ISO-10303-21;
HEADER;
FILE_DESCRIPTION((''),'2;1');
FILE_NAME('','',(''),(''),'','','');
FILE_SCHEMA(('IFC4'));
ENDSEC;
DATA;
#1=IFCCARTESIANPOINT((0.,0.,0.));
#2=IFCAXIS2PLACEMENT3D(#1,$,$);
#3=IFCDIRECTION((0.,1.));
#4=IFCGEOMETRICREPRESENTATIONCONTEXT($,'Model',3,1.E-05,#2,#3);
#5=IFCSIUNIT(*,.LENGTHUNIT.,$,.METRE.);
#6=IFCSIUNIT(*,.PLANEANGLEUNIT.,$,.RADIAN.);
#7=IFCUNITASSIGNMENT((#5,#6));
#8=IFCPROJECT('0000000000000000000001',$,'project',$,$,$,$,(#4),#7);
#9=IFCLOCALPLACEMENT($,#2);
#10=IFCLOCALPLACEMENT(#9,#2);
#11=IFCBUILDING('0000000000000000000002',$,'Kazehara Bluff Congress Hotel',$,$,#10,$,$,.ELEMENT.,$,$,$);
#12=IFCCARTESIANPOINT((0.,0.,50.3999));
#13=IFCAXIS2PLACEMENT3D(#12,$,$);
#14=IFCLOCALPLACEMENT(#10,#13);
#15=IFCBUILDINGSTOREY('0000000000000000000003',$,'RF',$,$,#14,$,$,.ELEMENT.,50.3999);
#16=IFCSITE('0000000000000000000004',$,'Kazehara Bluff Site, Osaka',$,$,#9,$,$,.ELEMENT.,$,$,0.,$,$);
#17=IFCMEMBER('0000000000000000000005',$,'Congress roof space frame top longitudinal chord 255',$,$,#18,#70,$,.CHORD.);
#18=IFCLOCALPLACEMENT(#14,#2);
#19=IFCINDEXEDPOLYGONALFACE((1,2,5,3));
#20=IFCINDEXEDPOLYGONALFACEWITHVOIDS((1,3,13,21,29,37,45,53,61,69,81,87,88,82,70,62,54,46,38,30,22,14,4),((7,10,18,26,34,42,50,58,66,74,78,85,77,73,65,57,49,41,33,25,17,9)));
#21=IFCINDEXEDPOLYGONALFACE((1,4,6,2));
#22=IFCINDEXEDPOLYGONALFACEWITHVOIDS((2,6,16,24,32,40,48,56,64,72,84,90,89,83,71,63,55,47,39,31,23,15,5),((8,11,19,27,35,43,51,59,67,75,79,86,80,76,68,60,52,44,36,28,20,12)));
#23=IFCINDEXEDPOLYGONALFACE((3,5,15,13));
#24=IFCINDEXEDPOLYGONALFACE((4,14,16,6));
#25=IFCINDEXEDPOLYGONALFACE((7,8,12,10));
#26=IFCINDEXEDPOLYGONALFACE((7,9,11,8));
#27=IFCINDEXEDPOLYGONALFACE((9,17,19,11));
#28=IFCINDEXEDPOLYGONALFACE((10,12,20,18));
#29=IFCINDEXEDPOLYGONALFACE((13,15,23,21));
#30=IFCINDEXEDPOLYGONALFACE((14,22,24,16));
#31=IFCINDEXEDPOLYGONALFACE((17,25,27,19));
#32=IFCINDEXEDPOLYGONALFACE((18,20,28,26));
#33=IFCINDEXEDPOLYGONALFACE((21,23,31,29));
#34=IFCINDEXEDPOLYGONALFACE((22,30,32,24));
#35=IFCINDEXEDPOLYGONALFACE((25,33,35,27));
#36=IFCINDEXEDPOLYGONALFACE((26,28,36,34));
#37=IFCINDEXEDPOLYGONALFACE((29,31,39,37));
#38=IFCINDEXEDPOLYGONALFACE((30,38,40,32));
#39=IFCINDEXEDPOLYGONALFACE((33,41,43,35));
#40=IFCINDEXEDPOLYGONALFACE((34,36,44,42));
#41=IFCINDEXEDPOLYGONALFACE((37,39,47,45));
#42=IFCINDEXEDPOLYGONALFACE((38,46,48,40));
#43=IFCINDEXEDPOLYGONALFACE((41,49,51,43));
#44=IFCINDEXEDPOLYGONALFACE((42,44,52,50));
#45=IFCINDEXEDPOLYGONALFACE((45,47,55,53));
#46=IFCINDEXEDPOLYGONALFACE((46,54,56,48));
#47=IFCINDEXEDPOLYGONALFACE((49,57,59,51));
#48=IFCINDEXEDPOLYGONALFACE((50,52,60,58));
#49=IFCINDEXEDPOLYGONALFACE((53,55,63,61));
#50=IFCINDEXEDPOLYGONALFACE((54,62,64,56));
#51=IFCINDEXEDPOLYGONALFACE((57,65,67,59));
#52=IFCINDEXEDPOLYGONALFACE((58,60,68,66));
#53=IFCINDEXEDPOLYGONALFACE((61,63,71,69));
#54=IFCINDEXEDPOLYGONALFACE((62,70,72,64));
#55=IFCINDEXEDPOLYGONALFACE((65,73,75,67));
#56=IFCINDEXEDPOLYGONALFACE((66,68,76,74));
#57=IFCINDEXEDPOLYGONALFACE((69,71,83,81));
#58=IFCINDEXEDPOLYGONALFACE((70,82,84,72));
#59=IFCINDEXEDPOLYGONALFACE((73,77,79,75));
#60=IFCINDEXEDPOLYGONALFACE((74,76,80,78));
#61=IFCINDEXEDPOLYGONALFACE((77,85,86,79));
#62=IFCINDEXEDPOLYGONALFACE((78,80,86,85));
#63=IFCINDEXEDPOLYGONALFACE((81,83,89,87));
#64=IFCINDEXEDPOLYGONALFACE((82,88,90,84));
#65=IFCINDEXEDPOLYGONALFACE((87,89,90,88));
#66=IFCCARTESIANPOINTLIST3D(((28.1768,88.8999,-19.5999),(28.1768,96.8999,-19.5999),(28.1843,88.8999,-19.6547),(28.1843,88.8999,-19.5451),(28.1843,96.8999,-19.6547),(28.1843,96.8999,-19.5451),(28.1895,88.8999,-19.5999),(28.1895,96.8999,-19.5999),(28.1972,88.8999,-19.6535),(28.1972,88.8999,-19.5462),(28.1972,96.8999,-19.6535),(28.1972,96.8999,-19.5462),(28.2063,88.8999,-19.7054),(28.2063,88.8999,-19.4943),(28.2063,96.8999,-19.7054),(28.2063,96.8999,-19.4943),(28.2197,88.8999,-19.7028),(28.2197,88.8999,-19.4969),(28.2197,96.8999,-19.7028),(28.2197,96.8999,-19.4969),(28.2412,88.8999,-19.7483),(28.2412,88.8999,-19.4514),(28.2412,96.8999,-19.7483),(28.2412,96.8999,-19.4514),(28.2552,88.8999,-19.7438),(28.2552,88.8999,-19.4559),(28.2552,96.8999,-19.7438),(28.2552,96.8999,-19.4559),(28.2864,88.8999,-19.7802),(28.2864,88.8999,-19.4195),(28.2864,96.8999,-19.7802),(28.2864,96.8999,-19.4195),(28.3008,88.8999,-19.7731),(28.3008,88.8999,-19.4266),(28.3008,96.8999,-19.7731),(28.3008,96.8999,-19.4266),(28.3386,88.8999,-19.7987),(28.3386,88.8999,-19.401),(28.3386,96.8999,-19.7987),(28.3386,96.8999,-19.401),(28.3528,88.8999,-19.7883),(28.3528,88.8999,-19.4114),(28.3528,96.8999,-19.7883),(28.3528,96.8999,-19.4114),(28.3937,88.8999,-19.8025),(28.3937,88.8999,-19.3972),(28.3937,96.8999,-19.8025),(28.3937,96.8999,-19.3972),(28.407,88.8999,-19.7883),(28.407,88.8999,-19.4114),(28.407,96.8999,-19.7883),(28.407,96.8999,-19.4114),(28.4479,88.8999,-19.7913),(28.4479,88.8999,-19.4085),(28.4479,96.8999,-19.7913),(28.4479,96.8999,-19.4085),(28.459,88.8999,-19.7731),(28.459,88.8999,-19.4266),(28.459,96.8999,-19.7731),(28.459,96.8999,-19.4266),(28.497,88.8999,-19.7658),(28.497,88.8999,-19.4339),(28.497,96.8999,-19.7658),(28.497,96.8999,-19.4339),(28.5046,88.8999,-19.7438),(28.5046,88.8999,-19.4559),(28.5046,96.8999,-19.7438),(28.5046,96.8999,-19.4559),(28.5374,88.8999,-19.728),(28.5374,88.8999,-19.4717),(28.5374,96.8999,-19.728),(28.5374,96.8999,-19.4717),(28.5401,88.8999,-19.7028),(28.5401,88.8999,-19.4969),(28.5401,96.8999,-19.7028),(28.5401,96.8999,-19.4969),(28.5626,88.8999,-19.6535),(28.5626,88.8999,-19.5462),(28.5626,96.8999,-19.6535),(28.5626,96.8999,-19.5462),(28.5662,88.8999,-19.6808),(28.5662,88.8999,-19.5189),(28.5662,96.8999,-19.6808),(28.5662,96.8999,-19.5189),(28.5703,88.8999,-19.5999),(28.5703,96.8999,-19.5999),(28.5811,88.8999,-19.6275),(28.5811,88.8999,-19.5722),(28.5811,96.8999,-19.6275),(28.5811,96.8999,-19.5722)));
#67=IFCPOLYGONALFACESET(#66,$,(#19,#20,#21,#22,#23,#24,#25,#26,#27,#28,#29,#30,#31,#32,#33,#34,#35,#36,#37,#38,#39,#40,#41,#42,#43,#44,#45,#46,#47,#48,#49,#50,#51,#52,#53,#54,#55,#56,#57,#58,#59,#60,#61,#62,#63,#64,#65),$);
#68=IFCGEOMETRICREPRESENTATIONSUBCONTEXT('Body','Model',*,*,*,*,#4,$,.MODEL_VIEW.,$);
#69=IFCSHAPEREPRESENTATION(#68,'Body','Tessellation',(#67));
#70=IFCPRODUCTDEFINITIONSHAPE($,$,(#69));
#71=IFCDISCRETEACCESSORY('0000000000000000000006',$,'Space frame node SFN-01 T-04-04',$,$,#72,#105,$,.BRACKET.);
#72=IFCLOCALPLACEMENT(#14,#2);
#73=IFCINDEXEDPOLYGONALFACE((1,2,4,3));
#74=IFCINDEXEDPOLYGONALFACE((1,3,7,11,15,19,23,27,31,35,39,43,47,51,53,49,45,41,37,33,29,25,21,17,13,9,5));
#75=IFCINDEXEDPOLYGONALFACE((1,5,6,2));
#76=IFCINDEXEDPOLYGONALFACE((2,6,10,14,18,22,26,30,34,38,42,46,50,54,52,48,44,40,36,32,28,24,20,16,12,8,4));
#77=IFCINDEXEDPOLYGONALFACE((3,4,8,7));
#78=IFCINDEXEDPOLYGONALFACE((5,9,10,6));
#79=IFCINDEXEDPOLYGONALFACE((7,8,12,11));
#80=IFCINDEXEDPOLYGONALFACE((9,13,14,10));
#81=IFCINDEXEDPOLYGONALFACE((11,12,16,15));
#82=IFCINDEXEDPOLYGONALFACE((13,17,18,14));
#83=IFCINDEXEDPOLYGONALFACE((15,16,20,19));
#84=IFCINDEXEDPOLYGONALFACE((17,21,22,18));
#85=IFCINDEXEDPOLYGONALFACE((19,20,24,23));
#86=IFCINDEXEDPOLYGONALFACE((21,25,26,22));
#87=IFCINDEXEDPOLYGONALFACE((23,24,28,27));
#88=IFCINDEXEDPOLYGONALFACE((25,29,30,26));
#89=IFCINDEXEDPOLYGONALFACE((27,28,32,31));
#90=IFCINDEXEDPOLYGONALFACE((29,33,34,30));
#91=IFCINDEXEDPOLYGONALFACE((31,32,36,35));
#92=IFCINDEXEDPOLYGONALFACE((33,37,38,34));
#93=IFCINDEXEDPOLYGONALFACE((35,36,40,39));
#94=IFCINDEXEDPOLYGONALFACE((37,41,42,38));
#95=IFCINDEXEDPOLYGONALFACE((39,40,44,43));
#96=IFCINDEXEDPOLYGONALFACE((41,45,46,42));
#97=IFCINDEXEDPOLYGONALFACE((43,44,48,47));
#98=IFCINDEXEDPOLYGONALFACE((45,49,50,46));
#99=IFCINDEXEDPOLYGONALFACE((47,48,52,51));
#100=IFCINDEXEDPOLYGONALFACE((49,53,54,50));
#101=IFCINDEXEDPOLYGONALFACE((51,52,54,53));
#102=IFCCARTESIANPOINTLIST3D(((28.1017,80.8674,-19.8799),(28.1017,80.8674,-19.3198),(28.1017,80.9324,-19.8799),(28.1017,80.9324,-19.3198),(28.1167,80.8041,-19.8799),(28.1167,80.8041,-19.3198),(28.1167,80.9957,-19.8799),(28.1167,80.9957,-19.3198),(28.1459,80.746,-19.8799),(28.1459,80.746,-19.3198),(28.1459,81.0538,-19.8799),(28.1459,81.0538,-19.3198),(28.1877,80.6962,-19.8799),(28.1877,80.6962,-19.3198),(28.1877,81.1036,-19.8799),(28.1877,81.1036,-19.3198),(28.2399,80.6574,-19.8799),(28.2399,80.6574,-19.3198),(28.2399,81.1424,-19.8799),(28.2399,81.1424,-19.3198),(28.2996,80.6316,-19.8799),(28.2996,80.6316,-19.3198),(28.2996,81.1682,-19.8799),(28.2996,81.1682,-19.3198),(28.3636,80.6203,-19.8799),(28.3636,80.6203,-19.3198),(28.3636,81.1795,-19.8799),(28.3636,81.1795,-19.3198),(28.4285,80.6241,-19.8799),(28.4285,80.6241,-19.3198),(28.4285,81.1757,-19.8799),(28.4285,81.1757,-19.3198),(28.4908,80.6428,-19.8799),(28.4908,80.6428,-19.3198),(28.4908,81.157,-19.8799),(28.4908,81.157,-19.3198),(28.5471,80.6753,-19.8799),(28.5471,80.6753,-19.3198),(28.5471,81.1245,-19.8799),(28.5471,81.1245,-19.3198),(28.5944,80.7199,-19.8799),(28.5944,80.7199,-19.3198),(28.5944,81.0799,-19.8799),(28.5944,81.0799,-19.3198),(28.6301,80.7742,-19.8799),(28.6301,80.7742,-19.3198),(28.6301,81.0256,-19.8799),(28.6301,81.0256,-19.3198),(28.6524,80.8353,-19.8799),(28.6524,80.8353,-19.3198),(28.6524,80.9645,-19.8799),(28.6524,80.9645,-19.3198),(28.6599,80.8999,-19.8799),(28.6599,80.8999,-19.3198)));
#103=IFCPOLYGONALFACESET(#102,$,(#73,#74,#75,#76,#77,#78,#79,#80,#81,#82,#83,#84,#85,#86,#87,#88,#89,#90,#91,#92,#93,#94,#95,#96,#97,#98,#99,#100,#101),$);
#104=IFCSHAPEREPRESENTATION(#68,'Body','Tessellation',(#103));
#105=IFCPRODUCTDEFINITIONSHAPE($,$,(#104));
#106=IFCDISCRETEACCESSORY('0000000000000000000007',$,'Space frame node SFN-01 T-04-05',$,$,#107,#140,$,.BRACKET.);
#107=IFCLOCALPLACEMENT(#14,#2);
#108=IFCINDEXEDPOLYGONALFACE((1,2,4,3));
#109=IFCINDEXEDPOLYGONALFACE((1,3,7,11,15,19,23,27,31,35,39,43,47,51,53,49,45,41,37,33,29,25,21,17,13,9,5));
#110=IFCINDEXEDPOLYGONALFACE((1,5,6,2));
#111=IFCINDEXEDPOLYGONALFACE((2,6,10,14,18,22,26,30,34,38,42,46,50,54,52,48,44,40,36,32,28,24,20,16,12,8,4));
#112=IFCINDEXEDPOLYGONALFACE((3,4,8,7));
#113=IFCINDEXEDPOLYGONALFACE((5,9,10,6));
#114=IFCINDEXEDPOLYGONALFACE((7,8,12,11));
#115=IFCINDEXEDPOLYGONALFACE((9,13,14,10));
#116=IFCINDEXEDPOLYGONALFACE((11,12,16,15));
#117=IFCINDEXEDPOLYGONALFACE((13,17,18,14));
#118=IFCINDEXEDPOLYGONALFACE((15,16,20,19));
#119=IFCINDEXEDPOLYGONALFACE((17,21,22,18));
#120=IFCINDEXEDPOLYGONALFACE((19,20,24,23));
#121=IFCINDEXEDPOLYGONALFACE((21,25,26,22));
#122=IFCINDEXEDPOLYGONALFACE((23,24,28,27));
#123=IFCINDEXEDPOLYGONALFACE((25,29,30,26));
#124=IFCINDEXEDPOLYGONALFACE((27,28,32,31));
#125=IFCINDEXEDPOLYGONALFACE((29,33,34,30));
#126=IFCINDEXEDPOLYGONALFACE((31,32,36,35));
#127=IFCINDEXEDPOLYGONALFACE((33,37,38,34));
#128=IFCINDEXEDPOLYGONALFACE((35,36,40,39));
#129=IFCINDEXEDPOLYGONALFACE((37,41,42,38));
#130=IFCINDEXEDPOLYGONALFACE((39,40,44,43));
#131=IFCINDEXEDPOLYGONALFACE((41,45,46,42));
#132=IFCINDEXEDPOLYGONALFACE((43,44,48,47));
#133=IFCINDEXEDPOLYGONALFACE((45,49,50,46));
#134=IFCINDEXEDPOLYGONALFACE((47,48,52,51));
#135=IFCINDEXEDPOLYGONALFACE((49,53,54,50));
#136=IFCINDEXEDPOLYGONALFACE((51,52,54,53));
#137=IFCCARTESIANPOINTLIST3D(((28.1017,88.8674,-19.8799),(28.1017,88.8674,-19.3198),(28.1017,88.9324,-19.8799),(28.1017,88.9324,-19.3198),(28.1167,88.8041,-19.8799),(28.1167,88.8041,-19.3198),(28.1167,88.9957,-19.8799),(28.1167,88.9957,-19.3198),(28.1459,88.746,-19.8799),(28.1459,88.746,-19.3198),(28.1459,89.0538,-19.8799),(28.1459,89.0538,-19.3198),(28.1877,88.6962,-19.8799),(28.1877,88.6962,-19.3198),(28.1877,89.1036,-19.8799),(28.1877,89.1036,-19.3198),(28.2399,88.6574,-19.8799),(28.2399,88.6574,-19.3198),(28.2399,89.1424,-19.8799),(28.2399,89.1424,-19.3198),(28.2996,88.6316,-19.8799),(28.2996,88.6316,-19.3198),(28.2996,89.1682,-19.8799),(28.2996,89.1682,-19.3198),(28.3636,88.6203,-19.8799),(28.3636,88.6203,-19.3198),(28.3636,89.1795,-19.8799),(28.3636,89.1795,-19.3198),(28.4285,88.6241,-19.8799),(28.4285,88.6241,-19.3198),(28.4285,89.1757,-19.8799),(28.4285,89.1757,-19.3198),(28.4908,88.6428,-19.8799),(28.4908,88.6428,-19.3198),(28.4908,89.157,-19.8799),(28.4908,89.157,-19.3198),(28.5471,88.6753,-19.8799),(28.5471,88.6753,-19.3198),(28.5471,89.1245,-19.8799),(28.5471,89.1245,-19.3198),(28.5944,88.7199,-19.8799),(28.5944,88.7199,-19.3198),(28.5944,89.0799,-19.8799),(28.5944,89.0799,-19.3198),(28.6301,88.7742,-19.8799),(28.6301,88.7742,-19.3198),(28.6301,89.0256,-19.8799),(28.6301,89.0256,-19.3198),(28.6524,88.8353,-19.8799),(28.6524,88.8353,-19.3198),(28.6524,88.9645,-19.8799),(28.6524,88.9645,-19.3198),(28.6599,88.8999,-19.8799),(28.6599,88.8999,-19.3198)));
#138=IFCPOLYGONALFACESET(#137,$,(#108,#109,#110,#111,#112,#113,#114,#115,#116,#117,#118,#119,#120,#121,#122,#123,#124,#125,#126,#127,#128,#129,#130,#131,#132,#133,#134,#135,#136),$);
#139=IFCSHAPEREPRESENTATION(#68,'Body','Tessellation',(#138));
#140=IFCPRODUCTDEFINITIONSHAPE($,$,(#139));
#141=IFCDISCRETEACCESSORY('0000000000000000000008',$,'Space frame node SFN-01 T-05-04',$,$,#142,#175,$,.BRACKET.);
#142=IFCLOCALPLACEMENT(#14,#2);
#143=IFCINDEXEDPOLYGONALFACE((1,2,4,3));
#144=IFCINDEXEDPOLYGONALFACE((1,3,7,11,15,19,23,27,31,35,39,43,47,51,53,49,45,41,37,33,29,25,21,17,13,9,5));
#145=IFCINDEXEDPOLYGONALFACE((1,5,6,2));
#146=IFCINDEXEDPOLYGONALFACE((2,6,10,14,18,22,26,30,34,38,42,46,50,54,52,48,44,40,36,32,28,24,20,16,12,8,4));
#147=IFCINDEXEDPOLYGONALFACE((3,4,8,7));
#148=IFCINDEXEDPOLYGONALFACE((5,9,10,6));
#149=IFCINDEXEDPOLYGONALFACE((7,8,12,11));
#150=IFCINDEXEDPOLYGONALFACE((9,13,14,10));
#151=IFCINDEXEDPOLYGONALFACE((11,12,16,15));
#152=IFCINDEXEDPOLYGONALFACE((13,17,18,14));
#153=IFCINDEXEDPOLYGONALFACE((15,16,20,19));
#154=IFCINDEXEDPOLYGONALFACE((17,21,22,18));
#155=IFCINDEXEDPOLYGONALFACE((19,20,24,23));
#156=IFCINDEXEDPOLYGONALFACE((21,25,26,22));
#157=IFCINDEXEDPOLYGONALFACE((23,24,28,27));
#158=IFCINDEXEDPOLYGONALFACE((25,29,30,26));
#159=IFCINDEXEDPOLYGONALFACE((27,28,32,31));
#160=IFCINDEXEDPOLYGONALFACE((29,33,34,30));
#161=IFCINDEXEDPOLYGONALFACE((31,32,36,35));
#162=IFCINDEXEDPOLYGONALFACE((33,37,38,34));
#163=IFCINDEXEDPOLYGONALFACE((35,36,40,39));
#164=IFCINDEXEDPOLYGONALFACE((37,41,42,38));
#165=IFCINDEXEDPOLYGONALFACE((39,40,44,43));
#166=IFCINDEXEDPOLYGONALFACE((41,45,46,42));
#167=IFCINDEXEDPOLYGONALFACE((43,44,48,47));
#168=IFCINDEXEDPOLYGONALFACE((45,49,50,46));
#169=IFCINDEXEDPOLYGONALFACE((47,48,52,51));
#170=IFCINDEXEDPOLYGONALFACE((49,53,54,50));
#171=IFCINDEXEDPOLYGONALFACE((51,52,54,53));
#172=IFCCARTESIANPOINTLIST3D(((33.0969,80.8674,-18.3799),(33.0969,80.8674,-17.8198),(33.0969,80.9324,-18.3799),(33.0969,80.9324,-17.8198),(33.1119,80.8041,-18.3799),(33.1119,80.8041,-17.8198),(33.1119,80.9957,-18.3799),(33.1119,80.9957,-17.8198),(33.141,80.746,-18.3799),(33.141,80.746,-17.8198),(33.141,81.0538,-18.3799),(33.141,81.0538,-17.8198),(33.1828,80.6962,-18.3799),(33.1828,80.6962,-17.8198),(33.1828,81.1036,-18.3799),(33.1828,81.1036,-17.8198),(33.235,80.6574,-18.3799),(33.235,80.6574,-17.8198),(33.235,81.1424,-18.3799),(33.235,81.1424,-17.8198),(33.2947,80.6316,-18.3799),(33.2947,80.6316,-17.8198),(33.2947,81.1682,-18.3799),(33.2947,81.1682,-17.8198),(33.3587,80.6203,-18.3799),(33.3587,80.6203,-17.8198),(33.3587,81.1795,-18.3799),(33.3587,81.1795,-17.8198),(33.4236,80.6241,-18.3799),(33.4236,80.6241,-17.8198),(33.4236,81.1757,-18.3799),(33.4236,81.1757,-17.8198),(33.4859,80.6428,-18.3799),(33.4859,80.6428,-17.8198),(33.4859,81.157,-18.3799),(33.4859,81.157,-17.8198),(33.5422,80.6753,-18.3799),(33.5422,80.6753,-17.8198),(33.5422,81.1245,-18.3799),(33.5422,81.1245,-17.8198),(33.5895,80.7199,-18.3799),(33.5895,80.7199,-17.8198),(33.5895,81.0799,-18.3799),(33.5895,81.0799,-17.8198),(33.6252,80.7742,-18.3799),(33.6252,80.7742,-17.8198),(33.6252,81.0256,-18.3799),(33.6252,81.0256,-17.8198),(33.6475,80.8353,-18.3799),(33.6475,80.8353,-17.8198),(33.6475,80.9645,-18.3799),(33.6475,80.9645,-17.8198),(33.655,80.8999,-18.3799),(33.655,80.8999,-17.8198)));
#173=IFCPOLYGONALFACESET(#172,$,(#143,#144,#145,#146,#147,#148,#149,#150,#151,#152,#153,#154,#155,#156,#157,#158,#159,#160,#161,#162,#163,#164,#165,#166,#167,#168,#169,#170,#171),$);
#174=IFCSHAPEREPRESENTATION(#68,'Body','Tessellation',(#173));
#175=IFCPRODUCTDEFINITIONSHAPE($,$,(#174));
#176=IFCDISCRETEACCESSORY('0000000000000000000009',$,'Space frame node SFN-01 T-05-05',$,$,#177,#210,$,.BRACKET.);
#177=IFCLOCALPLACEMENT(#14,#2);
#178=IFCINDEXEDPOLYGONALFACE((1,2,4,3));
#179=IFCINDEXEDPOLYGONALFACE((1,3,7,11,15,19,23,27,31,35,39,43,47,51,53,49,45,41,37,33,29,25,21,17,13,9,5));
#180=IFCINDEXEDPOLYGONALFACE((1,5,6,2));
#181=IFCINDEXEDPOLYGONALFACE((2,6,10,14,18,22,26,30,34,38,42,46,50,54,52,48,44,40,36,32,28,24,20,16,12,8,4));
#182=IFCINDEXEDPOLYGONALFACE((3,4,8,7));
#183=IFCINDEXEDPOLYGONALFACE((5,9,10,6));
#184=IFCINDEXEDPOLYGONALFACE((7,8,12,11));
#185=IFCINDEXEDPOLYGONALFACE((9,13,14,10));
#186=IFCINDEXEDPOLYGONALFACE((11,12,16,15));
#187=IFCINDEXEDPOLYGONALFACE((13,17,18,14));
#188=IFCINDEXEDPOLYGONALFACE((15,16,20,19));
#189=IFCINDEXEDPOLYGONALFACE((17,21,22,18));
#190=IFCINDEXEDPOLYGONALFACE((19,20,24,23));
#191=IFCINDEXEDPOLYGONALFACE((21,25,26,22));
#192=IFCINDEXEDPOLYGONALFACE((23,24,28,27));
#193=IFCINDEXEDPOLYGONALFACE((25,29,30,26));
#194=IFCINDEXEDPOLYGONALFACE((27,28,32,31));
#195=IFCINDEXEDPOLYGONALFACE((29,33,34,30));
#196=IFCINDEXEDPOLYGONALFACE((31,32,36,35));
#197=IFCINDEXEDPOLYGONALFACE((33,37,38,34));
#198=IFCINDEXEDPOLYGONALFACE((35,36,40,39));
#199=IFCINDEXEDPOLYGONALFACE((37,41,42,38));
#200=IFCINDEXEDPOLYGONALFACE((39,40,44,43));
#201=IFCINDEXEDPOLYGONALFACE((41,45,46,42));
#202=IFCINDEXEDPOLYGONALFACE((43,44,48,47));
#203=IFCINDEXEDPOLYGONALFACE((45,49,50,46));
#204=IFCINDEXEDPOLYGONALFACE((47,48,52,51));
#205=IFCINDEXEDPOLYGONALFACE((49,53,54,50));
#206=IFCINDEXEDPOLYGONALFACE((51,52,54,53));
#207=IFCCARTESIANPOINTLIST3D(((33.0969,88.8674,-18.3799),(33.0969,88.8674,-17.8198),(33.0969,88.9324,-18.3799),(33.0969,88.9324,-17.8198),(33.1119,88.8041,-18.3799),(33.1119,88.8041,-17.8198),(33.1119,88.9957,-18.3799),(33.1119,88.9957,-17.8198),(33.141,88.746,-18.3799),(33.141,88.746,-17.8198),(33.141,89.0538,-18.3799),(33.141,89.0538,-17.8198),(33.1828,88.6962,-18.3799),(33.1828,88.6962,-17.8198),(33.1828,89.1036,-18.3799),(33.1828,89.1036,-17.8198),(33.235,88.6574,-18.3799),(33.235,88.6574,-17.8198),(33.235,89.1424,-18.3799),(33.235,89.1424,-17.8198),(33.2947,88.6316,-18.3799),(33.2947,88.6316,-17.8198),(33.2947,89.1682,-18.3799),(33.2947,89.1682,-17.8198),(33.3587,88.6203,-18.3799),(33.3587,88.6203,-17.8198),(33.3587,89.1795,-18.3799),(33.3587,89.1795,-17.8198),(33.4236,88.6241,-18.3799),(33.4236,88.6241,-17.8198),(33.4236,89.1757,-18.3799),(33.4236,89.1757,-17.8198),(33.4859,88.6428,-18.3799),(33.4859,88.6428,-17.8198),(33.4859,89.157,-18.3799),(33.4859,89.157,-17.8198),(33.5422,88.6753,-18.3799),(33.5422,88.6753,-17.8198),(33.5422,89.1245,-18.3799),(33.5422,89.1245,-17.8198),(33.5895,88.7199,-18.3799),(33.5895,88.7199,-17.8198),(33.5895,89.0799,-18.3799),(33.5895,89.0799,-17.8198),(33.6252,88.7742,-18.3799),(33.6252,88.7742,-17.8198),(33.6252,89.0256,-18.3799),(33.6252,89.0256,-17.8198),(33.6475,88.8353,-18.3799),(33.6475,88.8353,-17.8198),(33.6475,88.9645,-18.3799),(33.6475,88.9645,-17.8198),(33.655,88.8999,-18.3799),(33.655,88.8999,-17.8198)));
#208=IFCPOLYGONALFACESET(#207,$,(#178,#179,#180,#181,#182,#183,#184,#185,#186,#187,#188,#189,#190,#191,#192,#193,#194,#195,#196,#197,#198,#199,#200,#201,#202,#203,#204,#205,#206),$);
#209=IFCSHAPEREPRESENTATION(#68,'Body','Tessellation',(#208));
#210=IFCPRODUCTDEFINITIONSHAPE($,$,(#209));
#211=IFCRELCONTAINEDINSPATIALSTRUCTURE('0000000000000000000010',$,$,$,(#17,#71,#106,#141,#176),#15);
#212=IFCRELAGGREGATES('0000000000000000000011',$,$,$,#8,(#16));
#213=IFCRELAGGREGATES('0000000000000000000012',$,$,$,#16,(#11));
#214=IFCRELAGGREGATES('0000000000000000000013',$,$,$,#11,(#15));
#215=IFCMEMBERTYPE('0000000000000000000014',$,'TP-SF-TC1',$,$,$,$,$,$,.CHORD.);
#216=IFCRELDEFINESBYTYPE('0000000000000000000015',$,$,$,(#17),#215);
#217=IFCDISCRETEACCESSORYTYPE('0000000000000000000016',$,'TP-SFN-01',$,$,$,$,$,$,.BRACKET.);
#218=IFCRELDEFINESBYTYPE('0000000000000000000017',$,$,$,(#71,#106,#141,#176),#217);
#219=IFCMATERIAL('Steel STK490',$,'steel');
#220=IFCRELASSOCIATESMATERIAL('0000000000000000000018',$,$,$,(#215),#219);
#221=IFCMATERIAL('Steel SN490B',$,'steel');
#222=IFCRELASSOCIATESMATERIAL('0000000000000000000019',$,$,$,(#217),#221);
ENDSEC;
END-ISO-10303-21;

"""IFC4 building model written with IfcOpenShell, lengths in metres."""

from ifc_helpers import new_model, si_unit, direction, frame, origin, origin_2d, place, context, subcontext, project, spatial, circle, hollow_circle, extrude, material, material_profile, profile_set, type_object, element, save


model = new_model("IFC4")

# Units and contexts
model_context = context("Model", 3, precision=1e-05, world=origin(), true_north=direction((0.0, 1.0)))
body_context = subcontext(model_context, "Body", "Model", "MODEL_VIEW")
ifc_project = project(units=[si_unit("LENGTHUNIT", "METRE"), si_unit("PLANEANGLEUNIT", "RADIAN")], contexts=[model_context])

# Site, building, storey
site_placement = place(None, origin())
site = spatial("IfcSite", under=ifc_project, at=site_placement, Name="Kazehara Bluff Site, Osaka", CompositionType="ELEMENT", RefElevation=0.0)
building_placement = place(site_placement, origin())
building = spatial("IfcBuilding", under=site, at=building_placement, Name="Kazehara Bluff Congress Hotel", CompositionType="ELEMENT")
storey_placement = place(building_placement, frame((0.0, 0.0, 50.3999)))
storey = spatial("IfcBuildingStorey", under=building, at=storey_placement, Name="RF", CompositionType="ELEMENT", Elevation=50.3999)

# Member
ifc_material_1 = material(Name="Steel STK490", Category="steel")
ifc_material_profile_1 = material_profile(ifc_material_1, hollow_circle(Radius=0.2031, WallThickness=0.0127, at=origin_2d()))
ifc_profile_set_1 = profile_set([ifc_material_profile_1], Name="Steel STK490")
member_type_1 = type_object("IfcMemberType", Name="TP-SF-TC1", PredefinedType="CHORD", material=ifc_profile_set_1)
for number, where, z_axis, x_axis, name in (
    (1, (28.3799, 88.8999, -19.5999), (0.0, 1.0, 0.0), (-1.0, 0.0, 0.0), "Congress roof space frame top longitudinal chord 255"),
):
    element("IfcMember", number, at=place(storey_placement, frame(where, z_axis=z_axis, x_axis=x_axis)), inside=storey, type_object=member_type_1, Name=name, PredefinedType="CHORD", context=body_context, shape_type="SweptSolid", body=[
        extrude(hollow_circle(Radius=0.2031, WallThickness=0.0127, at=origin_2d()), origin(), (0.0, 0.0, 1.0), 8.0),
    ])

# Discrete accessories
ifc_material_2 = material(Name="Steel SN490B", Category="steel")
ifc_material_profile_2 = material_profile(ifc_material_2, circle(Radius=0.28, at=origin_2d()))
ifc_profile_set_2 = profile_set([ifc_material_profile_2], Name="Steel SN490B")
discrete_accessory_type_1 = type_object("IfcDiscreteAccessoryType", Name="TP-SFN-01", PredefinedType="BRACKET", material=ifc_profile_set_2)
for number, where, z_axis, x_axis, name in (
    (2, (28.3799, 80.8999, -19.8799), (0.0, 0.0, 1.0), (1.0, 0.0, 0.0), "Space frame node SFN-01 T-04-04"),
    (3, (28.3799, 88.8999, -19.8799), (0.0, 0.0, 1.0), (1.0, 0.0, 0.0), "Space frame node SFN-01 T-04-05"),
    (4, (33.375, 80.8999, -18.3799), (0.0, 0.0, 1.0), (1.0, 0.0, 0.0), "Space frame node SFN-01 T-05-04"),
    (5, (33.375, 88.8999, -18.3799), (0.0, 0.0, 1.0), (1.0, 0.0, 0.0), "Space frame node SFN-01 T-05-05"),
):
    element("IfcDiscreteAccessory", number, at=place(storey_placement, frame(where, z_axis=z_axis, x_axis=x_axis)), inside=storey, type_object=discrete_accessory_type_1, Name=name, PredefinedType="BRACKET", context=body_context, shape_type="SweptSolid", body=[
        extrude(circle(Radius=0.28, at=origin_2d()), origin(), (0.0, 0.0, 1.0), 0.5601),
    ])

save(model, "model.ifc")
